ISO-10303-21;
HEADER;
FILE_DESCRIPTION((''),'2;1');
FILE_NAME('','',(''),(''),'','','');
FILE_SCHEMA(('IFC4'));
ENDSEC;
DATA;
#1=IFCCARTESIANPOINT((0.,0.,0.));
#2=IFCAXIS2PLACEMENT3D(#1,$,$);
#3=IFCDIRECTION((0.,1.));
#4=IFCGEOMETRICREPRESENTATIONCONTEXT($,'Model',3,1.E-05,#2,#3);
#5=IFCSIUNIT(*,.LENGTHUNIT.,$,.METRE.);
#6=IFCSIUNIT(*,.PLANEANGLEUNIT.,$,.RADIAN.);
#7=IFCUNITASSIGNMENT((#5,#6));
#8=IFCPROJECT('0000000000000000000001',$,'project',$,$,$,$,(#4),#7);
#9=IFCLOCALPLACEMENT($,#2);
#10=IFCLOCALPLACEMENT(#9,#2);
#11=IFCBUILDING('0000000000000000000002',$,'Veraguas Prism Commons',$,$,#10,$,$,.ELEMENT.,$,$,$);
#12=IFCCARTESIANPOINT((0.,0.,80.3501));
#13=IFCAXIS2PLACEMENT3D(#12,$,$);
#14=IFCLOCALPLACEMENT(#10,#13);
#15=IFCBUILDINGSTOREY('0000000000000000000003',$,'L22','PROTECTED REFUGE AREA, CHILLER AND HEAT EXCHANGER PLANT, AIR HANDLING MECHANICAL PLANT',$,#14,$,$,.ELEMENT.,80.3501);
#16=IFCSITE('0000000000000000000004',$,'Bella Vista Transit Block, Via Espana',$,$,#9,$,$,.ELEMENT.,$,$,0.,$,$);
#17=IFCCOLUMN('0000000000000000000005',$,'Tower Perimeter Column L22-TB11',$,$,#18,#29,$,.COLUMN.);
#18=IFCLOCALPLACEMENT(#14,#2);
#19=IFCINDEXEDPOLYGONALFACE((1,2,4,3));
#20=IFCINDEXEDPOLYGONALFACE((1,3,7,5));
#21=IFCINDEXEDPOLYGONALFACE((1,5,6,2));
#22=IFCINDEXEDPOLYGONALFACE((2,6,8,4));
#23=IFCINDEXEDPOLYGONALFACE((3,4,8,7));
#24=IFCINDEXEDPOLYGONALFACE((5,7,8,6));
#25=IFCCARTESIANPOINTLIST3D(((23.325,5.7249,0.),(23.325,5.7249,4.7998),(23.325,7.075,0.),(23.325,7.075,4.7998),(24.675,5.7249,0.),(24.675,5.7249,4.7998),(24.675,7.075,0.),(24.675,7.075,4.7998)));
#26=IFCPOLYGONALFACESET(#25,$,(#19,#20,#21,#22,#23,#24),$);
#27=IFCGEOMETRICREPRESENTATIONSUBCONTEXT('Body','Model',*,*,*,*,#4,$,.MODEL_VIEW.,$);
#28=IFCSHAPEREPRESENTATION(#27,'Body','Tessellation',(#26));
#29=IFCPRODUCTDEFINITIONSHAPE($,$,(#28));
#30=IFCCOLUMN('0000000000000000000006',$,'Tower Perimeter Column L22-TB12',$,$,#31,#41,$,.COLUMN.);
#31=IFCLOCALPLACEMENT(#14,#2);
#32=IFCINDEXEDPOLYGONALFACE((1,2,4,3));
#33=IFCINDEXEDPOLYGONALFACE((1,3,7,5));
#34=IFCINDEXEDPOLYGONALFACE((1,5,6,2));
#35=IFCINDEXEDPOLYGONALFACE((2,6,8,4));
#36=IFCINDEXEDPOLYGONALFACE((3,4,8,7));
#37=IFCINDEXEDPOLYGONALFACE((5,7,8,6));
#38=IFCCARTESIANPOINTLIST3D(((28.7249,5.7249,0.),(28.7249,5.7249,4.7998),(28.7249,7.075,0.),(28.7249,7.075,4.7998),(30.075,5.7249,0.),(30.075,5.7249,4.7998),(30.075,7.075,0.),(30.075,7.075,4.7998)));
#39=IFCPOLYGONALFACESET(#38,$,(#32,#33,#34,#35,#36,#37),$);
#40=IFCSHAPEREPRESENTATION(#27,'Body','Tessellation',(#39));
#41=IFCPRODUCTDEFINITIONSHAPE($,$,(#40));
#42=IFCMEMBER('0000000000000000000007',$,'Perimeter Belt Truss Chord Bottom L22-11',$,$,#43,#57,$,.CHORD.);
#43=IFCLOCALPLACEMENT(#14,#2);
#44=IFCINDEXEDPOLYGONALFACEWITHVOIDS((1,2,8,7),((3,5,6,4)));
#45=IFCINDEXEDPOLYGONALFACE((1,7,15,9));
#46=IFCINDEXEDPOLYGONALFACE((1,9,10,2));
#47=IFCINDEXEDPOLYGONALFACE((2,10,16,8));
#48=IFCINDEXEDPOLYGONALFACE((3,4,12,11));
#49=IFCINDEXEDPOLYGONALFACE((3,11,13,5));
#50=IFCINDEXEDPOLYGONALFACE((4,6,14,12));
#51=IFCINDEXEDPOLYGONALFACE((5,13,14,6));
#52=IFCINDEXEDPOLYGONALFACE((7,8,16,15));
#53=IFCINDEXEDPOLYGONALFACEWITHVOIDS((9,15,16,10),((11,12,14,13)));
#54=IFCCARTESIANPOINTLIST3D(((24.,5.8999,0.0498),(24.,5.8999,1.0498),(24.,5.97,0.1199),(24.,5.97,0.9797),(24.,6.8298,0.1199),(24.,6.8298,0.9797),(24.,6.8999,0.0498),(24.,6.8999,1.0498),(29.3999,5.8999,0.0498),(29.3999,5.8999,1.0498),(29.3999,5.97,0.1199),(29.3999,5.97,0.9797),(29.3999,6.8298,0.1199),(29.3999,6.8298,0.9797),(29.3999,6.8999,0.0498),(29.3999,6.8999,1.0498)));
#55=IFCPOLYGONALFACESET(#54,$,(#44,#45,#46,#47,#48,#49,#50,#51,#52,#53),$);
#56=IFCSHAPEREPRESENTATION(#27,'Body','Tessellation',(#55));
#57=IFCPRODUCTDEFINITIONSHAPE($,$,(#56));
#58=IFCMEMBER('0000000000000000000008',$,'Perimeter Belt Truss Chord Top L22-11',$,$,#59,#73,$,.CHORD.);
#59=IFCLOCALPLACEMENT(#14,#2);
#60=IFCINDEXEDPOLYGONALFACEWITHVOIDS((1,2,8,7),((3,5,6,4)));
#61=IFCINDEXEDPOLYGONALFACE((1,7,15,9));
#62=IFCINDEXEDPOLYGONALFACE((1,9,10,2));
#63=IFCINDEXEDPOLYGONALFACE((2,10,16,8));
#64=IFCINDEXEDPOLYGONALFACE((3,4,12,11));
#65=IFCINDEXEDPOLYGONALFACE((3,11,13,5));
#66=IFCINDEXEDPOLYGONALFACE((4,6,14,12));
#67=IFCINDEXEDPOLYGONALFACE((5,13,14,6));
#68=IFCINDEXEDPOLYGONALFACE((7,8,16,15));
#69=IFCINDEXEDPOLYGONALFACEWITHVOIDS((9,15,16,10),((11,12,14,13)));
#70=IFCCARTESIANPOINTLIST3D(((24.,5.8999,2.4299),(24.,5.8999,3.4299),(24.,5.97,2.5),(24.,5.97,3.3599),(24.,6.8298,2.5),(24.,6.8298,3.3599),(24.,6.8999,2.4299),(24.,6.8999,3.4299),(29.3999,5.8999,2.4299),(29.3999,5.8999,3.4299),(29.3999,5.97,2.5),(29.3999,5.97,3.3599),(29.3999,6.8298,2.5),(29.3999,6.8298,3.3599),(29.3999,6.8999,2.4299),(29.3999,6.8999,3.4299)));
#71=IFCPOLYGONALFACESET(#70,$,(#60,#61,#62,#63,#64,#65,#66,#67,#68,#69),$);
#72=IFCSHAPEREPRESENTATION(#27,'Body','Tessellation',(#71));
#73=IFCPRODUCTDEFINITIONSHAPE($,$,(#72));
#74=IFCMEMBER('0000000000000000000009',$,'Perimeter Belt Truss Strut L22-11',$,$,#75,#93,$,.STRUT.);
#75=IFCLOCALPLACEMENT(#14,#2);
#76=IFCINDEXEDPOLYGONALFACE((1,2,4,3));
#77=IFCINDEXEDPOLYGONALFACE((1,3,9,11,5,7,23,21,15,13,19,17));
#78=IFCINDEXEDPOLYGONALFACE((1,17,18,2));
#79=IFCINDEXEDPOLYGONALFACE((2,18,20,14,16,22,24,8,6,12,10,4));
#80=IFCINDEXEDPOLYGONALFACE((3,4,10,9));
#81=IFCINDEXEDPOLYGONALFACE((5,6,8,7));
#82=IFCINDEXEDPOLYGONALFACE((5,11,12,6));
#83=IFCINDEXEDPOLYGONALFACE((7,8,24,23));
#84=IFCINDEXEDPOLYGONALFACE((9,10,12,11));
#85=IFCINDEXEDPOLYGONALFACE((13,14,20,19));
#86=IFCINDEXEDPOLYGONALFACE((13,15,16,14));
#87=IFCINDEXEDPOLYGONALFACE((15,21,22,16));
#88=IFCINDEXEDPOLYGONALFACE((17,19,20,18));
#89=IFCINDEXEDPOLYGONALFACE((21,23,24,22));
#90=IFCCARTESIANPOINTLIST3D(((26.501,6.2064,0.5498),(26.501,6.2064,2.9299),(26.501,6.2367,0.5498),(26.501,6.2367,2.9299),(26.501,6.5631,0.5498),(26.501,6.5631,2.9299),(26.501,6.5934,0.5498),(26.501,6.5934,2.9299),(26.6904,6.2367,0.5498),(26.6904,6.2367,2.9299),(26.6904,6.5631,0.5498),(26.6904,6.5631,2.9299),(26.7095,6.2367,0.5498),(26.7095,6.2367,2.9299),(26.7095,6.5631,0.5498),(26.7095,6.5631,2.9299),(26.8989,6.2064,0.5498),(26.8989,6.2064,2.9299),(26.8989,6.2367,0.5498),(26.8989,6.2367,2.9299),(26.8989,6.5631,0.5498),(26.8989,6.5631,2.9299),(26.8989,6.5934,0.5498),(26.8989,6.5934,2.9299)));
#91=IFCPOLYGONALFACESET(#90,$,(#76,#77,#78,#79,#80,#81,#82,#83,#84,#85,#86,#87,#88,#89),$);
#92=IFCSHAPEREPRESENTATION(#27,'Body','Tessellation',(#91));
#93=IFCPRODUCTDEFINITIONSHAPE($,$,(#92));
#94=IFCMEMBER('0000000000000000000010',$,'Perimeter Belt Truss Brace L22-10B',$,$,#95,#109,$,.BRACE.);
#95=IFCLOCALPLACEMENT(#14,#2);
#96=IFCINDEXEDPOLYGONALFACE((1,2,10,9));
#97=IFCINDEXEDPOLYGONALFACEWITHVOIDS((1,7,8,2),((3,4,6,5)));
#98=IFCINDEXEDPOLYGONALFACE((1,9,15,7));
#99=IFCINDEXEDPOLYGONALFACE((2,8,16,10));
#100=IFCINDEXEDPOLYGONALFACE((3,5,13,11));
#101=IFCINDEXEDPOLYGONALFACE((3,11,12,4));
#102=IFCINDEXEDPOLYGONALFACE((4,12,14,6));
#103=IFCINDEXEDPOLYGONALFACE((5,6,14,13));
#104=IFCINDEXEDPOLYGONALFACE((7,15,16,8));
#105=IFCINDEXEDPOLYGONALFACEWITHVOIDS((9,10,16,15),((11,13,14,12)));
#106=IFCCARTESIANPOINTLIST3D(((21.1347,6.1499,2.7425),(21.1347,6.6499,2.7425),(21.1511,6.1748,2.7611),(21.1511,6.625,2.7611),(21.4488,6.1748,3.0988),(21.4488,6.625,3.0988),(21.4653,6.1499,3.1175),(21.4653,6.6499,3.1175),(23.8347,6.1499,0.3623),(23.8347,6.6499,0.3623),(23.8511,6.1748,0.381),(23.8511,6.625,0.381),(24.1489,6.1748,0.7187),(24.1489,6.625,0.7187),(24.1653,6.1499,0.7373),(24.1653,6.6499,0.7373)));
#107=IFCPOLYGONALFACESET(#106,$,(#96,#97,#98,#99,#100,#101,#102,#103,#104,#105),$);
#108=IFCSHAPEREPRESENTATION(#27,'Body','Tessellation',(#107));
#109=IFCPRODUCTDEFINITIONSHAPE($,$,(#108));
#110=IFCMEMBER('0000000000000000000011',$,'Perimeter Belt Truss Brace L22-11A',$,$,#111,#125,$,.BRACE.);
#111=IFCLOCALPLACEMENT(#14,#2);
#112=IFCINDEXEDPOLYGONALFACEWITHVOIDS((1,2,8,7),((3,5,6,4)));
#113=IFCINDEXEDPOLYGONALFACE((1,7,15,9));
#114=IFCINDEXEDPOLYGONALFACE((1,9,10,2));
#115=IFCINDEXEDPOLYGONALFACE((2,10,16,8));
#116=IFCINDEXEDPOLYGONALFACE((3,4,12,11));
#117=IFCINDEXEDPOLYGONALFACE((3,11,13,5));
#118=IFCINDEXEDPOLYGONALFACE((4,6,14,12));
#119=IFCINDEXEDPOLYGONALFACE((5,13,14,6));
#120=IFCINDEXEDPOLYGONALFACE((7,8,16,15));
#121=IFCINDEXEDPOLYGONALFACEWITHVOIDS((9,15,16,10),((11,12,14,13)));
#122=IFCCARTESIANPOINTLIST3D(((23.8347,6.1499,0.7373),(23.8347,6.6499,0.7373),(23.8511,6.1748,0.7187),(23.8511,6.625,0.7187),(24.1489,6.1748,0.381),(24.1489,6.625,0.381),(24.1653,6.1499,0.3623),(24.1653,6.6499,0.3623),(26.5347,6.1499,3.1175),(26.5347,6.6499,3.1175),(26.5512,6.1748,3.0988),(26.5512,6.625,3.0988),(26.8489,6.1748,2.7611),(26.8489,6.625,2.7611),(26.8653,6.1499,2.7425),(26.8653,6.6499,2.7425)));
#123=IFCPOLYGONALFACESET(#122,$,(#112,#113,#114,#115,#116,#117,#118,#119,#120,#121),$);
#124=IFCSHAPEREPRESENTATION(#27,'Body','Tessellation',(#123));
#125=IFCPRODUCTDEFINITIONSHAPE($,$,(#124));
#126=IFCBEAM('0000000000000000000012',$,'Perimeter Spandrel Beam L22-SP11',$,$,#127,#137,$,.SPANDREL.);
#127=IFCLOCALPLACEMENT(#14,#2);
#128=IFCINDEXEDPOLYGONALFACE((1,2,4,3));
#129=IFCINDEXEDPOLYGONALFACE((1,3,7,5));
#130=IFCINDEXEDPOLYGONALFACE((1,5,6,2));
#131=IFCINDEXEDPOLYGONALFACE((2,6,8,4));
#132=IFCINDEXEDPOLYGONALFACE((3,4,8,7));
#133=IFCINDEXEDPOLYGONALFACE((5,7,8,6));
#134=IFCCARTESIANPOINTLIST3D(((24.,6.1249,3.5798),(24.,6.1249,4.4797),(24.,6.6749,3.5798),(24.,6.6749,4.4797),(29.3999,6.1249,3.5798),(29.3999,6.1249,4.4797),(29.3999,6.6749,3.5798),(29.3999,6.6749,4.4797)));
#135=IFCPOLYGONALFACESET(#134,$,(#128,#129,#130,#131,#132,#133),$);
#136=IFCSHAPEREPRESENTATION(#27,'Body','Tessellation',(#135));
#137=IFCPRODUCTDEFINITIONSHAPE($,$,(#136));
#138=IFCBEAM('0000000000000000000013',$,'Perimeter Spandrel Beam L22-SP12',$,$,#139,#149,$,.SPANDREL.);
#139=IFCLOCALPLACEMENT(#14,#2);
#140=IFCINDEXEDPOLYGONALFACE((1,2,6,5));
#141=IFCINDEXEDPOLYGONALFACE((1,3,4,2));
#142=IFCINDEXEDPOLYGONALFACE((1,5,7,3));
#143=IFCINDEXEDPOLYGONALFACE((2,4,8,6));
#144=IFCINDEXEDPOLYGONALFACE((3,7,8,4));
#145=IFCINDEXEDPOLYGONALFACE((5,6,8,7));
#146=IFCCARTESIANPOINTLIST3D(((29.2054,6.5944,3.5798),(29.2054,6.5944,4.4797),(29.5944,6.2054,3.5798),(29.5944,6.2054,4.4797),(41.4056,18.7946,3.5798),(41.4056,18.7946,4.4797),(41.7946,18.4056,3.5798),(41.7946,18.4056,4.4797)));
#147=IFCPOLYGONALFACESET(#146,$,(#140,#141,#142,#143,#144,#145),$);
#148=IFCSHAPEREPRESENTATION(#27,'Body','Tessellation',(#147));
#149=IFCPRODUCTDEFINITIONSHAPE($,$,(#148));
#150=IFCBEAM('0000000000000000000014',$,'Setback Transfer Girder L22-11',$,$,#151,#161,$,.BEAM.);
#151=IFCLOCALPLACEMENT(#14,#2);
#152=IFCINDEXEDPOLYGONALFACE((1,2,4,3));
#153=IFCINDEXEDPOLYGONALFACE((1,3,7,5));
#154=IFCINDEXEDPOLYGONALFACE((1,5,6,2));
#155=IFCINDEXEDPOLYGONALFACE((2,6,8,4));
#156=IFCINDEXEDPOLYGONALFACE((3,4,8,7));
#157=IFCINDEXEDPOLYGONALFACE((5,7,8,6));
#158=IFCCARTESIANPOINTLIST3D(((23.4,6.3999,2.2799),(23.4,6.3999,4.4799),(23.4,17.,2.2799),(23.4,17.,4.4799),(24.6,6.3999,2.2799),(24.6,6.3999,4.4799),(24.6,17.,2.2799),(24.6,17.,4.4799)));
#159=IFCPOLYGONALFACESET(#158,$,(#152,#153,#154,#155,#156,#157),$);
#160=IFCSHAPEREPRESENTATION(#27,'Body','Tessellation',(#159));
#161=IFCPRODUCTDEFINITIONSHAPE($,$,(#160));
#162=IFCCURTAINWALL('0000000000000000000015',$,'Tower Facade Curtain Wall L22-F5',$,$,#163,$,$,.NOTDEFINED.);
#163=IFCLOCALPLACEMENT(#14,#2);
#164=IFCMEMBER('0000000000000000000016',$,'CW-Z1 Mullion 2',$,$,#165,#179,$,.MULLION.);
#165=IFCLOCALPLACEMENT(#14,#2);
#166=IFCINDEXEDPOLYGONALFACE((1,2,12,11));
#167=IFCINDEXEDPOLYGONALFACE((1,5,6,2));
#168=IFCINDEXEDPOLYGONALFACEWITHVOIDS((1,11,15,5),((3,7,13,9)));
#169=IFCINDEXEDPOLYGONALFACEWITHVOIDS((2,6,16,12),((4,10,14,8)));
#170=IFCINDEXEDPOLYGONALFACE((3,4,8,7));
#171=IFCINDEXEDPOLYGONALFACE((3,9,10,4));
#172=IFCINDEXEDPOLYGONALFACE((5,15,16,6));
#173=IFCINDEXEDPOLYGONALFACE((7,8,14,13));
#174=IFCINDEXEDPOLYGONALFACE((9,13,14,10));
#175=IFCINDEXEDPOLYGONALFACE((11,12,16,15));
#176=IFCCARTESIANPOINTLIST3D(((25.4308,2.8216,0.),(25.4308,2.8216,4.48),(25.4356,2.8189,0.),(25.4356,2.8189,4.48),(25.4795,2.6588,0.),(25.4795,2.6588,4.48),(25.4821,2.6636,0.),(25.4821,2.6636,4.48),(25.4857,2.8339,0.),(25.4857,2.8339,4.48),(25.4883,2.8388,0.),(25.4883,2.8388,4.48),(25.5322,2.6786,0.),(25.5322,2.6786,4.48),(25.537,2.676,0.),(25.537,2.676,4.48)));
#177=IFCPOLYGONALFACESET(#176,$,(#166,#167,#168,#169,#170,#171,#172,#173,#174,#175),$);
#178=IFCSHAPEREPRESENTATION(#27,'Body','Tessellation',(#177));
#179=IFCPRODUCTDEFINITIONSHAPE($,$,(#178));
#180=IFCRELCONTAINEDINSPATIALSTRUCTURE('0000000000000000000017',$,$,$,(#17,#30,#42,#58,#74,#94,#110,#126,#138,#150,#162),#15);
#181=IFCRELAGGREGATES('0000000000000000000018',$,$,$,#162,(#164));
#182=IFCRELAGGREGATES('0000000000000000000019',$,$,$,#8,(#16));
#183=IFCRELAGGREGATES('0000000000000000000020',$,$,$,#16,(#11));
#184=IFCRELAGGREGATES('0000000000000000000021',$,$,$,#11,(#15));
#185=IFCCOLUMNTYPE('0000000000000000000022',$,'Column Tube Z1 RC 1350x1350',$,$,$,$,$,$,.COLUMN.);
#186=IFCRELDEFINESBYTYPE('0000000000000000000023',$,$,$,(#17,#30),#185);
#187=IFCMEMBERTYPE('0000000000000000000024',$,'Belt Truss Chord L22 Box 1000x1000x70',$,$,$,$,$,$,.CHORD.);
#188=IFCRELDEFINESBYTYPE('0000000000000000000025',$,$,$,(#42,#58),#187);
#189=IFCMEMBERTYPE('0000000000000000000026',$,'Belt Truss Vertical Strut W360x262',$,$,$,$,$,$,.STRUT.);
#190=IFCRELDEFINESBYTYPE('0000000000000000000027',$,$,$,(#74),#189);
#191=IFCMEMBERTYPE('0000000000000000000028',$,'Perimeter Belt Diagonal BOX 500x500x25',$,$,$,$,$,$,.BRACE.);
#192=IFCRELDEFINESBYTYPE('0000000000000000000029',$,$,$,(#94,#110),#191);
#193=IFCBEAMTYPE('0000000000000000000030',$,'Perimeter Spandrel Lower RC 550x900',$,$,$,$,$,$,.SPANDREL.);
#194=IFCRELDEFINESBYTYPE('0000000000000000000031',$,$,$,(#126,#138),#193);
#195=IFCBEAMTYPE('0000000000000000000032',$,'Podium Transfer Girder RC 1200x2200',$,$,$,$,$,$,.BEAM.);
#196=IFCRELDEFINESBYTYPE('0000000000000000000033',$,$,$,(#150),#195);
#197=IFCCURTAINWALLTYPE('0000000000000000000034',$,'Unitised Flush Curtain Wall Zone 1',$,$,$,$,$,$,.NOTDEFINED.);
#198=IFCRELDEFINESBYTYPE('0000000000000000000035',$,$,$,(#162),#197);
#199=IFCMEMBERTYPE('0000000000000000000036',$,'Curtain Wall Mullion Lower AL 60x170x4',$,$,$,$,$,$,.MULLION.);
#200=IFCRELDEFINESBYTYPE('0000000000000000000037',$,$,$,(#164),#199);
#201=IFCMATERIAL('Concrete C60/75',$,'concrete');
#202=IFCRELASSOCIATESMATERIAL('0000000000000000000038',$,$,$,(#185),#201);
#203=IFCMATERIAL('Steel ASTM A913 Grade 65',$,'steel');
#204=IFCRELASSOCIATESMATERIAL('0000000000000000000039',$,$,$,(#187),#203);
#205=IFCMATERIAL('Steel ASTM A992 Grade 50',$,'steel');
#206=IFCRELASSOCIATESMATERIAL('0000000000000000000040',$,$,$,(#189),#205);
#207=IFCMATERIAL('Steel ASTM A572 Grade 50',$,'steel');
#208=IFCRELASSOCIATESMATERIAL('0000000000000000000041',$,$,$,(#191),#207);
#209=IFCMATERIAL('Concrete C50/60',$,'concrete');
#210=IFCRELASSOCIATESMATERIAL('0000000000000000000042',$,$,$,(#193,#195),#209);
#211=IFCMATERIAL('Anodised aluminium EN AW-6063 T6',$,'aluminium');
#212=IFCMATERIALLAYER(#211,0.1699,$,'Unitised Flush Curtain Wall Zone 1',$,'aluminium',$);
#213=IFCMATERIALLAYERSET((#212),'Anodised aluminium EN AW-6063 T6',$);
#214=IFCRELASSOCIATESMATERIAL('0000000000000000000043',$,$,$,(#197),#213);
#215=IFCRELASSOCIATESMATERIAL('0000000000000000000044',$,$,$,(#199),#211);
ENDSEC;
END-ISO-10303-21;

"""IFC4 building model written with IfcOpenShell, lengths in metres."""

from ifc_helpers import new_model, si_unit, direction, frame, origin, origin_2d, place, context, subcontext, project, spatial, rectangle, hollow_rectangle, i_section, extrude, source, transform, mapped, material, layer, layer_set, material_profile, profile_set, type_object, element, aggregate, save


model = new_model("IFC4")

# Units and contexts
model_context = context("Model", 3, precision=1e-05, world=origin(), true_north=direction((0.0, 1.0)))
body_context = subcontext(model_context, "Body", "Model", "MODEL_VIEW")
ifc_project = project(units=[si_unit("LENGTHUNIT", "METRE"), si_unit("PLANEANGLEUNIT", "RADIAN")], contexts=[model_context])

# Site, building, storey
site_placement = place(None, origin())
site = spatial("IfcSite", under=ifc_project, at=site_placement, Name="Bella Vista Transit Block, Via Espana", CompositionType="ELEMENT", RefElevation=0.0)
building_placement = place(site_placement, origin())
building = spatial("IfcBuilding", under=site, at=building_placement, Name="Veraguas Prism Commons", CompositionType="ELEMENT")
storey_placement = place(building_placement, frame((0.0, 0.0, 80.3501)))
storey = spatial("IfcBuildingStorey", under=building, at=storey_placement, Name="L22", Description="PROTECTED REFUGE AREA, CHILLER AND HEAT EXCHANGER PLANT, AIR HANDLING MECHANICAL PLANT", CompositionType="ELEMENT", Elevation=80.3501)

# Columns
ifc_material_1 = material(Name="Concrete C60/75", Category="concrete")
ifc_material_profile_1 = material_profile(ifc_material_1, rectangle(XDim=1.3501, YDim=1.3501, at=origin_2d()), Name="RC1350X1350")
ifc_profile_set_1 = profile_set([ifc_material_profile_1], Name="Concrete C60/75")
column_type = type_object("IfcColumnType", Name="Column Tube Z1 RC 1350x1350", PredefinedType="COLUMN", material=ifc_profile_set_1)
for number, where, z_axis, x_axis, name in (
    (1, (24.0, 6.3999, 0.0), (0.0, 0.0, 1.0), (1.0, 0.0, 0.0), "Tower Perimeter Column L22-TB11"),
    (2, (29.3999, 6.3999, 0.0), (0.0, 0.0, 1.0), (1.0, 0.0, 0.0), "Tower Perimeter Column L22-TB12"),
):
    element("IfcColumn", number, at=place(storey_placement, frame(where, z_axis=z_axis, x_axis=x_axis)), inside=storey, type_object=column_type, Name=name, PredefinedType="COLUMN", context=body_context, shape_type="SweptSolid", body=[
        extrude(rectangle(XDim=1.3501, YDim=1.3501, at=origin_2d()), origin(), (0.0, 0.0, 1.0), 4.7998),
    ])

# Members
ifc_material_2 = material(Name="Steel ASTM A913 Grade 65", Category="steel")
ifc_material_profile_2 = material_profile(ifc_material_2, hollow_rectangle(XDim=1.0, YDim=1.0, WallThickness=0.0701, at=origin_2d()), Name="BOX1000X1000X70")
ifc_profile_set_2 = profile_set([ifc_material_profile_2], Name="Steel ASTM A913 Grade 65")
member_type_1 = type_object("IfcMemberType", Name="Belt Truss Chord L22 Box 1000x1000x70", PredefinedType="CHORD", material=ifc_profile_set_2)
for number, where, z_axis, x_axis, name in (
    (3, (24.0, 6.3999, 0.5498), (1.0, 0.0, 0.0), (0.0, 1.0, 0.0), "Perimeter Belt Truss Chord Bottom L22-11"),
    (4, (24.0, 6.3999, 2.9299), (1.0, 0.0, 0.0), (0.0, 1.0, 0.0), "Perimeter Belt Truss Chord Top L22-11"),
):
    element("IfcMember", number, at=place(storey_placement, frame(where, z_axis=z_axis, x_axis=x_axis)), inside=storey, type_object=member_type_1, Name=name, PredefinedType="CHORD", context=body_context, shape_type="SweptSolid", body=[
        extrude(hollow_rectangle(XDim=1.0, YDim=1.0, WallThickness=0.0701, at=origin_2d()), origin(), (0.0, 0.0, 1.0), 5.3999),
    ])
ifc_material_3 = material(Name="Steel ASTM A992 Grade 50", Category="steel")
ifc_material_profile_3 = material_profile(ifc_material_3, i_section(OverallWidth=0.3979, OverallDepth=0.387, WebThickness=0.019, FlangeThickness=0.0303, at=origin_2d()), Name="W360X262")
ifc_profile_set_3 = profile_set([ifc_material_profile_3], Name="Steel ASTM A992 Grade 50")
member_type_2 = type_object("IfcMemberType", Name="Belt Truss Vertical Strut W360x262", PredefinedType="STRUT", material=ifc_profile_set_3)
member_1_placement = place(storey_placement, frame((26.7, 6.3999, 0.5498), z_axis=(0.0, 0.0, 1.0), x_axis=(1.0, 0.0, 0.0)))
element("IfcMember", 5, at=member_1_placement, inside=storey, type_object=member_type_2, Name="Perimeter Belt Truss Strut L22-11", PredefinedType="STRUT", context=body_context, shape_type="SweptSolid", body=[
    extrude(i_section(OverallWidth=0.3979, OverallDepth=0.387, WebThickness=0.019, FlangeThickness=0.0303, at=origin_2d()), origin(), (0.0, 0.0, 1.0), 2.3801),
])
ifc_material_4 = material(Name="Steel ASTM A572 Grade 50", Category="steel")
ifc_material_profile_4 = material_profile(ifc_material_4, hollow_rectangle(XDim=0.5, YDim=0.5, WallThickness=0.0249, at=origin_2d()), Name="BOX500X500X25")
ifc_profile_set_4 = profile_set([ifc_material_profile_4], Name="Steel ASTM A572 Grade 50")
member_type_3 = type_object("IfcMemberType", Name="Perimeter Belt Diagonal BOX 500x500x25", PredefinedType="BRACE", material=ifc_profile_set_4)
for number, where, z_axis, x_axis, name in (
    (6, (24.0, 6.3999, 0.5498), (-0.750139, 0.0, 0.661281), (0.0, -1.0, 0.0), "Perimeter Belt Truss Brace L22-10B"),
    (7, (24.0, 6.3999, 0.5498), (0.750139, 0.0, 0.661281), (0.0, 1.0, 0.0), "Perimeter Belt Truss Brace L22-11A"),
):
    element("IfcMember", number, at=place(storey_placement, frame(where, z_axis=z_axis, x_axis=x_axis)), inside=storey, type_object=member_type_3, Name=name, PredefinedType="BRACE", context=body_context, shape_type="SweptSolid", body=[
        extrude(hollow_rectangle(XDim=0.5, YDim=0.5, WallThickness=0.0249, at=origin_2d()), origin(), (0.0, 0.0, 1.0), 3.5994),
    ])

# Beams
ifc_material_5 = material(Name="Concrete C50/60", Category="concrete")
ifc_material_profile_5 = material_profile(ifc_material_5, rectangle(XDim=0.55, YDim=0.8999, at=origin_2d()), Name="RC550X900")
ifc_profile_set_5 = profile_set([ifc_material_profile_5], Name="Concrete C50/60")
beam_type_1 = type_object("IfcBeamType", Name="Perimeter Spandrel Lower RC 550x900", PredefinedType="SPANDREL", material=ifc_profile_set_5)
beam_1_placement = place(storey_placement, frame((24.0, 6.3999, 4.0298), z_axis=(1.0, 0.0, 0.0), x_axis=(0.0, 1.0, 0.0)))
element("IfcBeam", 8, at=beam_1_placement, inside=storey, type_object=beam_type_1, Name="Perimeter Spandrel Beam L22-SP11", PredefinedType="SPANDREL", context=body_context, shape_type="SweptSolid", body=[
    extrude(rectangle(XDim=0.55, YDim=0.8999, at=origin_2d()), origin(), (0.0, 0.0, 1.0), 5.3999),
])
beam_2_placement = place(storey_placement, frame((29.3999, 6.3999, 4.0298), z_axis=(0.707107, 0.707107, 0.0), x_axis=(-0.707107, 0.707107, 0.0)))
element("IfcBeam", 9, at=beam_2_placement, inside=storey, type_object=beam_type_1, Name="Perimeter Spandrel Beam L22-SP12", PredefinedType="SPANDREL", context=body_context, shape_type="SweptSolid", body=[
    extrude(rectangle(XDim=0.55, YDim=0.8999, at=origin_2d()), origin(), (0.0, 0.0, 1.0), 17.2537),
])
ifc_material_profile_6 = material_profile(ifc_material_5, rectangle(XDim=1.2, YDim=2.2, at=origin_2d()), Name="RC1200X2200")
ifc_profile_set_6 = profile_set([ifc_material_profile_6], Name="Concrete C50/60")
beam_type_2 = type_object("IfcBeamType", Name="Podium Transfer Girder RC 1200x2200", PredefinedType="BEAM", material=ifc_profile_set_6)
beam_3_placement = place(storey_placement, frame((24.0, 6.3999, 3.3799), z_axis=(0.0, 1.0, 0.0), x_axis=(-1.0, 0.0, 0.0)))
element("IfcBeam", 10, at=beam_3_placement, inside=storey, type_object=beam_type_2, Name="Setback Transfer Girder L22-11", PredefinedType="BEAM", context=body_context, shape_type="SweptSolid", body=[
    extrude(rectangle(XDim=1.2, YDim=2.2, at=origin_2d()), origin(), (0.0, 0.0, 1.0), 10.6001),
])

# Curtain wall, member
ifc_material_6 = material(Name="Anodised aluminium EN AW-6063 T6", Category="aluminium")
ifc_layer_1 = layer(ifc_material_6, 0.1699, Name="Unitised Flush Curtain Wall Zone 1", Category="aluminium")
ifc_layer_set_1 = layer_set([ifc_layer_1], Name="Anodised aluminium EN AW-6063 T6")
curtain_wall_type = type_object("IfcCurtainWallType", Name="Unitised Flush Curtain Wall Zone 1", PredefinedType="NOTDEFINED", material=ifc_layer_set_1)
curtain_wall_placement = place(storey_placement, origin())
curtain_wall = element("IfcCurtainWall", 11, at=curtain_wall_placement, inside=storey, type_object=curtain_wall_type, Name="Tower Facade Curtain Wall L22-F5", PredefinedType="NOTDEFINED")
ifc_material_profile_7 = material_profile(ifc_material_6, hollow_rectangle(XDim=0.0601, YDim=0.1699, WallThickness=0.0039, at=origin_2d()), Name="AL60X170X4")
ifc_profile_set_7 = profile_set([ifc_material_profile_7], Name="Anodised aluminium EN AW-6063 T6")
member_type_4 = type_object("IfcMemberType", Name="Curtain Wall Mullion Lower AL 60x170x4", PredefinedType="MULLION", material=ifc_profile_set_7)
shared_shape_1 = source(origin(), body_context, "Body", "SweptSolid", [
    extrude(hollow_rectangle(XDim=0.0601, YDim=0.1699, WallThickness=0.0039, at=origin_2d()), origin(), (0.0, 0.0, 1.0), 4.48),
])
member_2_placement = place(storey_placement, frame((25.4839, 2.7488, 0.0), z_axis=(0.0, 0.0, 1.0), x_axis=(0.958023, 0.286692, 0.0)))
member_2 = element("IfcMember", 12, at=member_2_placement, type_object=member_type_4, Name="CW-Z1 Mullion 2", PredefinedType="MULLION", context=body_context, shape_type="MappedRepresentation", body=[
    mapped(shared_shape_1, transform((0.0, 0.0, 0.0), scale=1.0)),
])

aggregate(curtain_wall, [member_2])

save(model, "model.ifc")
